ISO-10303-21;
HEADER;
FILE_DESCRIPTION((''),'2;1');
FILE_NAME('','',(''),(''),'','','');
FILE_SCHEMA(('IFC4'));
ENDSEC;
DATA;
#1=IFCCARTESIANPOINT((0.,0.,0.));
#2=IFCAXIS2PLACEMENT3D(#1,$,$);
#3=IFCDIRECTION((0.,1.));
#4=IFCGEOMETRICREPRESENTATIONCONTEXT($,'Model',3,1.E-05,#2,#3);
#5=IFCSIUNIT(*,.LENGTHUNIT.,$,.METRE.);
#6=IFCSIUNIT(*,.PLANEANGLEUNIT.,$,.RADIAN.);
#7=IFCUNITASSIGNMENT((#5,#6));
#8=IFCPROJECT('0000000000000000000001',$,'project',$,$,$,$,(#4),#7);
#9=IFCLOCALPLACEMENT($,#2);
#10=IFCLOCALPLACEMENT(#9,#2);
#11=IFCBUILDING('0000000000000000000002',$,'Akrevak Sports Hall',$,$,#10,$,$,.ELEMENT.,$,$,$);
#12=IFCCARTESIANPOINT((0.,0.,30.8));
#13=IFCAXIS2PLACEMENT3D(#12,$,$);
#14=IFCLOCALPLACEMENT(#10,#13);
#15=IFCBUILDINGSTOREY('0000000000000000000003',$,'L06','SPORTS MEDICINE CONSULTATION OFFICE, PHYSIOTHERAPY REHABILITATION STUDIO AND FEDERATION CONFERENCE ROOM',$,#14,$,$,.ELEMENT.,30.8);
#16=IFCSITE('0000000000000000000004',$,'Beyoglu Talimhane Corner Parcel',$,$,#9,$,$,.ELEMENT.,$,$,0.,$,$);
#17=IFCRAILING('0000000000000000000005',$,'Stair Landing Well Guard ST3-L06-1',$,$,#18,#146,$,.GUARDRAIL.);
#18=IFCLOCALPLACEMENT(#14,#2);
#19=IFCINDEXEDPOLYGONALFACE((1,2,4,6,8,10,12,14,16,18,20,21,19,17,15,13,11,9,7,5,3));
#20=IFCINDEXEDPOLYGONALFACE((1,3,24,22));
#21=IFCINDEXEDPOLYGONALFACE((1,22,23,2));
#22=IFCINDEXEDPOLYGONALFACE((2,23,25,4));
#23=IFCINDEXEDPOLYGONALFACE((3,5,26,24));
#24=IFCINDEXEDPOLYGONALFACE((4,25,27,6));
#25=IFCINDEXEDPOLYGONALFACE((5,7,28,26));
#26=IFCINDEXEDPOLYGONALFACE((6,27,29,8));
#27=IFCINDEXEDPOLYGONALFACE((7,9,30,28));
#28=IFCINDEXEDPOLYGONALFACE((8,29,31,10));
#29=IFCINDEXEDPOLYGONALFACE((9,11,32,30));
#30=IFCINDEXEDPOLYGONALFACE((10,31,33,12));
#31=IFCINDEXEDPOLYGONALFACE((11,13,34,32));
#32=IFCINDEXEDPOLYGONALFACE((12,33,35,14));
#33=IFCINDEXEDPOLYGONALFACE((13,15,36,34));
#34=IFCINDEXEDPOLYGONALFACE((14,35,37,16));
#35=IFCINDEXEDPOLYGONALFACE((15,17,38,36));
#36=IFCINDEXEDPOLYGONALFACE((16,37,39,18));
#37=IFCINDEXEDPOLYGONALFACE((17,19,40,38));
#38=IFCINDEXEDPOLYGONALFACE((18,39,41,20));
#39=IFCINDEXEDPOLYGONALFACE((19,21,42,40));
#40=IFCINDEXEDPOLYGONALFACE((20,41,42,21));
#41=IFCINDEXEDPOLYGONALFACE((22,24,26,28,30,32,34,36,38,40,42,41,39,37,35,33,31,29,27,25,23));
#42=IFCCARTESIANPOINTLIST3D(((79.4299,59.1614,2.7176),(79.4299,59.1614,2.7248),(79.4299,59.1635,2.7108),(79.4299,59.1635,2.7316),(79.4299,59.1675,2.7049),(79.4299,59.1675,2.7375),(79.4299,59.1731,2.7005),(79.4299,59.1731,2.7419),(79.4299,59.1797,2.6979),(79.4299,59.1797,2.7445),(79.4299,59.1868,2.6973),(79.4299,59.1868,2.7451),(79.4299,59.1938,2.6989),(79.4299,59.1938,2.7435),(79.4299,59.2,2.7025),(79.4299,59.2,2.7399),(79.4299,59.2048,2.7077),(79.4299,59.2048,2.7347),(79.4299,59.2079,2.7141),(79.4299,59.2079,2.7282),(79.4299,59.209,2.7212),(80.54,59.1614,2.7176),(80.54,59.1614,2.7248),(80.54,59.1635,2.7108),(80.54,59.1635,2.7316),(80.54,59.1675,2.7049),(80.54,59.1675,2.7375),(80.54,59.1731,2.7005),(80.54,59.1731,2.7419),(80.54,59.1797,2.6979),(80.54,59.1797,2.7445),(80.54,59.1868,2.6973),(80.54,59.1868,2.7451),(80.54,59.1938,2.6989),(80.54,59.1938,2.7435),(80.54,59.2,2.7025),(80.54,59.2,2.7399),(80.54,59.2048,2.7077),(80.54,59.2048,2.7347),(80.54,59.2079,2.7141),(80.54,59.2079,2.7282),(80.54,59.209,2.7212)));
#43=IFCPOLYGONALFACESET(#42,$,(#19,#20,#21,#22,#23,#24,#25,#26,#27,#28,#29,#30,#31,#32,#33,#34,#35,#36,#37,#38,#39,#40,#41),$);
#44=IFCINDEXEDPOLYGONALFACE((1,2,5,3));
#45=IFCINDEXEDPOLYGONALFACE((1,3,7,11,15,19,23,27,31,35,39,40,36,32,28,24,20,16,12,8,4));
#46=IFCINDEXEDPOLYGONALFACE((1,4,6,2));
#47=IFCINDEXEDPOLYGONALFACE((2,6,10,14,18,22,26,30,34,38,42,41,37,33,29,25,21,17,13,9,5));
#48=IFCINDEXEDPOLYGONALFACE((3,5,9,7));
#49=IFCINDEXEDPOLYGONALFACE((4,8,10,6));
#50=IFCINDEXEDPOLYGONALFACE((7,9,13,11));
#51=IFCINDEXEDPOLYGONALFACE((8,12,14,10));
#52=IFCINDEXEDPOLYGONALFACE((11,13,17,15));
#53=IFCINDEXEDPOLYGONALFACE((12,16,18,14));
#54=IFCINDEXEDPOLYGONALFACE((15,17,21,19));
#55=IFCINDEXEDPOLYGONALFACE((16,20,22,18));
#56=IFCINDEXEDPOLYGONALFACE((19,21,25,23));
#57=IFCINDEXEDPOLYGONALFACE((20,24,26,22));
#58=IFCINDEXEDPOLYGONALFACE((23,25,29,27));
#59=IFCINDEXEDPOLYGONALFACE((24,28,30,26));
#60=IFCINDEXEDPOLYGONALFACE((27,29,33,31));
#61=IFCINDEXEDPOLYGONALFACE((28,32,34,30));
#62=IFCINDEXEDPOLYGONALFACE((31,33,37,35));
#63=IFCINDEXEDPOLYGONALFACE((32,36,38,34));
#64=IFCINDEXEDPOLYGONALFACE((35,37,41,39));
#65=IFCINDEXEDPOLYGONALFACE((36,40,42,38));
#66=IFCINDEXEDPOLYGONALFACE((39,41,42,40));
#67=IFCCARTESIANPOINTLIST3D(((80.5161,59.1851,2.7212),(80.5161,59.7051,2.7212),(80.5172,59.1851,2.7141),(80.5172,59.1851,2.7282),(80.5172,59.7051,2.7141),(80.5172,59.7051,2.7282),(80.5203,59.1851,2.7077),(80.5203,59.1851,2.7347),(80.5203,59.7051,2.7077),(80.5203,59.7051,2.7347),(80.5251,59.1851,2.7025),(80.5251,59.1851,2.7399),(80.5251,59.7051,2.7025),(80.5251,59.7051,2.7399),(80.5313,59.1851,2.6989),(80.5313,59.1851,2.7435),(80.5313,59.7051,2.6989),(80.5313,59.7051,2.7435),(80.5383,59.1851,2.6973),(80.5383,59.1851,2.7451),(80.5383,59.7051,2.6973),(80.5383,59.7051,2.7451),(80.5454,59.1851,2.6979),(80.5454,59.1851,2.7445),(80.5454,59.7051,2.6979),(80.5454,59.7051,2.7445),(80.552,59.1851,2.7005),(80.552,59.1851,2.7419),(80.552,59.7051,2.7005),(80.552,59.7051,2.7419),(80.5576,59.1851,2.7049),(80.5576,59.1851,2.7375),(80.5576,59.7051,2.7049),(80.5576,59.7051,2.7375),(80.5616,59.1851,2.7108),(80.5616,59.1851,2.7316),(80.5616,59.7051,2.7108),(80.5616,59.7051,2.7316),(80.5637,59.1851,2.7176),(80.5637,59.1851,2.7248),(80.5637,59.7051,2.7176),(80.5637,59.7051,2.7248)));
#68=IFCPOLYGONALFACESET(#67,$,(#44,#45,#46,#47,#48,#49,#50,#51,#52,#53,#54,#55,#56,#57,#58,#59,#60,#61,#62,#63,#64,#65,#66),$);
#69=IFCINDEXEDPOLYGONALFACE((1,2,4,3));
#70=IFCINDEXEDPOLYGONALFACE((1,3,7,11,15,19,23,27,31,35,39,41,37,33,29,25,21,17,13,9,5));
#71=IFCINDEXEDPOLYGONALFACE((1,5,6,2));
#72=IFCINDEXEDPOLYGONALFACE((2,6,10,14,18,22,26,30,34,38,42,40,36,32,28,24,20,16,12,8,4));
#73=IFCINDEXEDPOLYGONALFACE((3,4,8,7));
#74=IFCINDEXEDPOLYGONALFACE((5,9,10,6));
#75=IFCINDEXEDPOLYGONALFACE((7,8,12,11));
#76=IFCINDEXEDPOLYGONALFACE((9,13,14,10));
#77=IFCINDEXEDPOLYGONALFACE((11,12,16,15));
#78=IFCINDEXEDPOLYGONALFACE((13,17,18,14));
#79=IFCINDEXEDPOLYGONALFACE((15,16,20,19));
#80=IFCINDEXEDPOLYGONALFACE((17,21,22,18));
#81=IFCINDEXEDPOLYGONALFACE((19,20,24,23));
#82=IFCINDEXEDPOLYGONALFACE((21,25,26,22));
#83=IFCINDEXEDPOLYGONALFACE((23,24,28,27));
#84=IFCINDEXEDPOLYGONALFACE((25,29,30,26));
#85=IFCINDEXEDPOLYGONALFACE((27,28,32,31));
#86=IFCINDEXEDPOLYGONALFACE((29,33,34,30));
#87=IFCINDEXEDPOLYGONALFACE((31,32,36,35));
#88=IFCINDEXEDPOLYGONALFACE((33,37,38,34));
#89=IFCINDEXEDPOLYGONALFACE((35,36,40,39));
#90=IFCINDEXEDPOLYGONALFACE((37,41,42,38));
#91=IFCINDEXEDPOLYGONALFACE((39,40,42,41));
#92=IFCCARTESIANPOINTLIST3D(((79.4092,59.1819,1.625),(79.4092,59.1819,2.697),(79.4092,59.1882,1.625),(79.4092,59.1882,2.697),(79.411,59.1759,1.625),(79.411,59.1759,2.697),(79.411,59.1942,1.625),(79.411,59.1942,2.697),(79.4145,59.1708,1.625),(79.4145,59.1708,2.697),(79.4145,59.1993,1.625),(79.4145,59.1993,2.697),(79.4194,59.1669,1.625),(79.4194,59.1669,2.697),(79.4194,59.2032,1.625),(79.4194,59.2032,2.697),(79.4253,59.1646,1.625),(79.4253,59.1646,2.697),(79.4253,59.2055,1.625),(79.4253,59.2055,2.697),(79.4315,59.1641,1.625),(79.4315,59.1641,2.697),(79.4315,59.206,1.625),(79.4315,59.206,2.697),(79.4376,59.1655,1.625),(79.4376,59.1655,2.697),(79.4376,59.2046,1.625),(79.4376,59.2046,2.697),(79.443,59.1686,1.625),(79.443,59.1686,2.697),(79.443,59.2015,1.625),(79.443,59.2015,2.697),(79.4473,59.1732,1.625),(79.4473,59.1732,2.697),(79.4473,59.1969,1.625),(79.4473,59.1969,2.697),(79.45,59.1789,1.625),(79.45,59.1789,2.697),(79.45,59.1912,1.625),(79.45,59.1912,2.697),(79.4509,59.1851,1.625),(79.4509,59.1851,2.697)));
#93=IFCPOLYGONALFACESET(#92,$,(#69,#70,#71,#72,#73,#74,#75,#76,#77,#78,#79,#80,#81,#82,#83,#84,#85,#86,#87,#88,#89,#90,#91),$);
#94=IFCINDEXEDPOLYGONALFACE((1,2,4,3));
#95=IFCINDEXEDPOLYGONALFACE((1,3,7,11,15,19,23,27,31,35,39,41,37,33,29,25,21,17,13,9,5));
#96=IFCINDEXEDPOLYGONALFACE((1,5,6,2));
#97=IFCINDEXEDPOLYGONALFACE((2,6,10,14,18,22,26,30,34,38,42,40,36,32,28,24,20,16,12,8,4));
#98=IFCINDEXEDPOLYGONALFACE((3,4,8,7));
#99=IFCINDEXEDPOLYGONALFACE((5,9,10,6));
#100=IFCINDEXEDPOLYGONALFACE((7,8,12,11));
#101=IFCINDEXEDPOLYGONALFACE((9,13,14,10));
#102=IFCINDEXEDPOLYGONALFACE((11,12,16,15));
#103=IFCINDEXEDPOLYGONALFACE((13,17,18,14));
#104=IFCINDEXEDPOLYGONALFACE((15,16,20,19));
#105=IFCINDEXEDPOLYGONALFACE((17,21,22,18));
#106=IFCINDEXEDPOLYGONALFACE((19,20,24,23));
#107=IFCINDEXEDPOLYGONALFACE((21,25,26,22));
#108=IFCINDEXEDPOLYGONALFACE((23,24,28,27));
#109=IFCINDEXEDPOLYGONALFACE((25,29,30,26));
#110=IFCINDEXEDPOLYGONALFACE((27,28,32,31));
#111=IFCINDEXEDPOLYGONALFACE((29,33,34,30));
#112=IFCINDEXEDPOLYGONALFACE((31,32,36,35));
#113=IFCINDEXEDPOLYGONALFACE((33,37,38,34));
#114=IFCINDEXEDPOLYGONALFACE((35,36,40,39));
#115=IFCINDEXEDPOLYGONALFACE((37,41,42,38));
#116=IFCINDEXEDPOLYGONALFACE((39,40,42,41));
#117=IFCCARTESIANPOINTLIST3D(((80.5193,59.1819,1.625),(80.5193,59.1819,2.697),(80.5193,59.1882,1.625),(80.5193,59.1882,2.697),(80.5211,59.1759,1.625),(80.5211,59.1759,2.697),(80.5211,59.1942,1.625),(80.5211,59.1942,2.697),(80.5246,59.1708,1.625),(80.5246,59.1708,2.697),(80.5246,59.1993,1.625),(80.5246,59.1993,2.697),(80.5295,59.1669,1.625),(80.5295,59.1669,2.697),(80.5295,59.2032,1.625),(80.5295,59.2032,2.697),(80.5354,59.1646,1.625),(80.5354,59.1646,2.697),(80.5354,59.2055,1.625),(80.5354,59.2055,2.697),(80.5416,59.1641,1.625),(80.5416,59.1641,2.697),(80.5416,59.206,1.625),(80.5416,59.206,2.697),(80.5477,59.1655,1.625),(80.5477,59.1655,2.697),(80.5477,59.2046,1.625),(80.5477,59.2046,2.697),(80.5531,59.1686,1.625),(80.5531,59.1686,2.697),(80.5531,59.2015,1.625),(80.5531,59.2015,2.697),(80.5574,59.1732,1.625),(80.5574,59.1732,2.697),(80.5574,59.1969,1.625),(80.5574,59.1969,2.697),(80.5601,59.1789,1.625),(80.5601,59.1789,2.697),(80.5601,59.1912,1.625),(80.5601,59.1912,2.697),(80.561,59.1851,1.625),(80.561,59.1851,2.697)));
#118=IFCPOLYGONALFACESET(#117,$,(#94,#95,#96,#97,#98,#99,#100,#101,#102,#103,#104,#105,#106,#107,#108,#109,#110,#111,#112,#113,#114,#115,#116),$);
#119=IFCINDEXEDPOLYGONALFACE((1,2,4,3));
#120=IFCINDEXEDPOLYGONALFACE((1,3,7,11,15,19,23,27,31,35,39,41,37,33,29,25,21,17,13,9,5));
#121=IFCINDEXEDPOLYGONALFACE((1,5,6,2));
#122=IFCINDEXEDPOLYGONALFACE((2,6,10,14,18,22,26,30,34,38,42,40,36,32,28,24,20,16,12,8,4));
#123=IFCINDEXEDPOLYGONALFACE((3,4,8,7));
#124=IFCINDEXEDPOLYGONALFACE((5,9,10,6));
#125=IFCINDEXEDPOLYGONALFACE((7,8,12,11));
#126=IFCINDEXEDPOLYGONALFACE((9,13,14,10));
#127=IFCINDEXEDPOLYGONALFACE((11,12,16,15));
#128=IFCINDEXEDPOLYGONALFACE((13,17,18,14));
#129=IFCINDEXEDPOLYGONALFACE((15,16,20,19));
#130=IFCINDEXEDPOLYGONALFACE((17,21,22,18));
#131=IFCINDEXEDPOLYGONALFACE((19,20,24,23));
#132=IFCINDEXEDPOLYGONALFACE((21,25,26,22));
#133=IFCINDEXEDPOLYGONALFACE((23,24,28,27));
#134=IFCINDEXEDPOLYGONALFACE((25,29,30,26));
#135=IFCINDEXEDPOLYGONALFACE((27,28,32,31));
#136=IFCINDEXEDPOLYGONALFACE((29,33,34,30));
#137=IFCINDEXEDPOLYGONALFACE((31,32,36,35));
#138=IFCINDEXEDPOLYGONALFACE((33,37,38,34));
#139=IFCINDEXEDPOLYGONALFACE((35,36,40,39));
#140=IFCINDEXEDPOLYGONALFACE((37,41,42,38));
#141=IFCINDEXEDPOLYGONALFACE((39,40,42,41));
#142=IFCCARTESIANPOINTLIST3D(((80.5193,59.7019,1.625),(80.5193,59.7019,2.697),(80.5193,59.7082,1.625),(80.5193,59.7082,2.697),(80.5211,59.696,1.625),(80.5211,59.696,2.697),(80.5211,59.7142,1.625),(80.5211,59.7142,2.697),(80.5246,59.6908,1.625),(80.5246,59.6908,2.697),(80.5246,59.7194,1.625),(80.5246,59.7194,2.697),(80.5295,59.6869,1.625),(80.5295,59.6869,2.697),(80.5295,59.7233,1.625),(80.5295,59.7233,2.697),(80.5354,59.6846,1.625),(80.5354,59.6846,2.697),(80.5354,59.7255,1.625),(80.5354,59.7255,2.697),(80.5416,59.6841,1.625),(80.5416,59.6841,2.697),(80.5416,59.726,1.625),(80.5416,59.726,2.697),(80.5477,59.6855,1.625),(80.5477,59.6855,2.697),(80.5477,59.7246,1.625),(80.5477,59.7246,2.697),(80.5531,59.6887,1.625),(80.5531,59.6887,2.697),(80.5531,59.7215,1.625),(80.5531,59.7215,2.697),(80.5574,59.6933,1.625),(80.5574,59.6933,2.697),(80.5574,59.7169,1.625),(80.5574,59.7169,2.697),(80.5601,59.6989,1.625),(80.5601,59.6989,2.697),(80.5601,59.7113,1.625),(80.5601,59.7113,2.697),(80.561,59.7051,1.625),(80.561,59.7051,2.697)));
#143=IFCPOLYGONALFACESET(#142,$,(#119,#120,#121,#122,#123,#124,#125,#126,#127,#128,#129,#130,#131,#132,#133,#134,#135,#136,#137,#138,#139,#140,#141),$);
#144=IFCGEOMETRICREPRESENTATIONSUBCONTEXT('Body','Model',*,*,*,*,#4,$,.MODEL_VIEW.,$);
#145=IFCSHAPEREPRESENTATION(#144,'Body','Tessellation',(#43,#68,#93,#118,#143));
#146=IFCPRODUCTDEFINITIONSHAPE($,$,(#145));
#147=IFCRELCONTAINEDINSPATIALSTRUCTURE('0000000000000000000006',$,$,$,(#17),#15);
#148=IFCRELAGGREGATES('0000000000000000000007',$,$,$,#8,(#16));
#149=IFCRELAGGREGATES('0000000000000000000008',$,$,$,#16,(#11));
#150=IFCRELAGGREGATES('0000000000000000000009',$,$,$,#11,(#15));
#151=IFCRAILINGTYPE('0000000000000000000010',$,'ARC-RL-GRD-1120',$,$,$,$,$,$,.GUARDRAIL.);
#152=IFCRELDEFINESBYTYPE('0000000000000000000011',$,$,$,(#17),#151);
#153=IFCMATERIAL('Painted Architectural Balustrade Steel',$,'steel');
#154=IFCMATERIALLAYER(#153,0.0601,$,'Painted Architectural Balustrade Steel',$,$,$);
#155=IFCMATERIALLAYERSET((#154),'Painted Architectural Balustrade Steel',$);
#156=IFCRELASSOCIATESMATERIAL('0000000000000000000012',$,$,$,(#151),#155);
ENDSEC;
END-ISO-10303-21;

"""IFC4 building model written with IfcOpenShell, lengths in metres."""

from ifc_helpers import new_model, si_unit, direction, frame, origin, origin_2d, place, context, subcontext, project, spatial, circle, extrude, material, layer, layer_set, type_object, element, save


model = new_model("IFC4")

# Units and contexts
model_context = context("Model", 3, precision=1e-05, world=origin(), true_north=direction((0.0, 1.0)))
body_context = subcontext(model_context, "Body", "Model", "MODEL_VIEW")
ifc_project = project(units=[si_unit("LENGTHUNIT", "METRE"), si_unit("PLANEANGLEUNIT", "RADIAN")], contexts=[model_context])

# Site, building, storey
site_placement = place(None, origin())
site = spatial("IfcSite", under=ifc_project, at=site_placement, Name="Beyoglu Talimhane Corner Parcel", CompositionType="ELEMENT", RefElevation=0.0)
building_placement = place(site_placement, origin())
building = spatial("IfcBuilding", under=site, at=building_placement, Name="Akrevak Sports Hall", CompositionType="ELEMENT")
storey_placement = place(building_placement, frame((0.0, 0.0, 30.8)))
storey = spatial("IfcBuildingStorey", under=building, at=storey_placement, Name="L06", Description="SPORTS MEDICINE CONSULTATION OFFICE, PHYSIOTHERAPY REHABILITATION STUDIO AND FEDERATION CONFERENCE ROOM", CompositionType="ELEMENT", Elevation=30.8)

# Railing
ifc_material_1 = material(Name="Painted Architectural Balustrade Steel", Category="steel")
ifc_layer_1 = layer(ifc_material_1, 0.0601, Name="Painted Architectural Balustrade Steel")
ifc_layer_set_1 = layer_set([ifc_layer_1], Name="Painted Architectural Balustrade Steel")
railing_type_1 = type_object("IfcRailingType", Name="ARC-RL-GRD-1120", PredefinedType="GUARDRAIL", material=ifc_layer_set_1)
railing_1_placement = place(storey_placement, frame((79.4299, 59.1851, 1.625)))
element("IfcRailing", 1, at=railing_1_placement, inside=storey, type_object=railing_type_1, Name="Stair Landing Well Guard ST3-L06-1", PredefinedType="GUARDRAIL", context=body_context, shape_type="SweptSolid", body=[
    extrude(circle(Radius=0.0239, at=origin_2d()), frame((0.0, 0.0, 1.0962), z_axis=(1.0, 0.0, 0.0), x_axis=(0.0, 1.0, 0.0)), (0.0, 0.0, 1.0), 1.1101),
    extrude(circle(Radius=0.0239, at=origin_2d()), frame((1.1101, 0.0, 1.0962), z_axis=(0.0, 1.0, 0.0), x_axis=(-1.0, 0.0, 0.0)), (0.0, 0.0, 1.0), 0.52),
    extrude(circle(Radius=0.021, at=origin_2d()), origin(), (0.0, 0.0, 1.0), 1.072),
    extrude(circle(Radius=0.021, at=origin_2d()), frame((1.1101, 0.0, 0.0)), (0.0, 0.0, 1.0), 1.072),
    extrude(circle(Radius=0.021, at=origin_2d()), frame((1.1101, 0.52, 0.0)), (0.0, 0.0, 1.0), 1.072),
])

save(model, "model.ifc")
